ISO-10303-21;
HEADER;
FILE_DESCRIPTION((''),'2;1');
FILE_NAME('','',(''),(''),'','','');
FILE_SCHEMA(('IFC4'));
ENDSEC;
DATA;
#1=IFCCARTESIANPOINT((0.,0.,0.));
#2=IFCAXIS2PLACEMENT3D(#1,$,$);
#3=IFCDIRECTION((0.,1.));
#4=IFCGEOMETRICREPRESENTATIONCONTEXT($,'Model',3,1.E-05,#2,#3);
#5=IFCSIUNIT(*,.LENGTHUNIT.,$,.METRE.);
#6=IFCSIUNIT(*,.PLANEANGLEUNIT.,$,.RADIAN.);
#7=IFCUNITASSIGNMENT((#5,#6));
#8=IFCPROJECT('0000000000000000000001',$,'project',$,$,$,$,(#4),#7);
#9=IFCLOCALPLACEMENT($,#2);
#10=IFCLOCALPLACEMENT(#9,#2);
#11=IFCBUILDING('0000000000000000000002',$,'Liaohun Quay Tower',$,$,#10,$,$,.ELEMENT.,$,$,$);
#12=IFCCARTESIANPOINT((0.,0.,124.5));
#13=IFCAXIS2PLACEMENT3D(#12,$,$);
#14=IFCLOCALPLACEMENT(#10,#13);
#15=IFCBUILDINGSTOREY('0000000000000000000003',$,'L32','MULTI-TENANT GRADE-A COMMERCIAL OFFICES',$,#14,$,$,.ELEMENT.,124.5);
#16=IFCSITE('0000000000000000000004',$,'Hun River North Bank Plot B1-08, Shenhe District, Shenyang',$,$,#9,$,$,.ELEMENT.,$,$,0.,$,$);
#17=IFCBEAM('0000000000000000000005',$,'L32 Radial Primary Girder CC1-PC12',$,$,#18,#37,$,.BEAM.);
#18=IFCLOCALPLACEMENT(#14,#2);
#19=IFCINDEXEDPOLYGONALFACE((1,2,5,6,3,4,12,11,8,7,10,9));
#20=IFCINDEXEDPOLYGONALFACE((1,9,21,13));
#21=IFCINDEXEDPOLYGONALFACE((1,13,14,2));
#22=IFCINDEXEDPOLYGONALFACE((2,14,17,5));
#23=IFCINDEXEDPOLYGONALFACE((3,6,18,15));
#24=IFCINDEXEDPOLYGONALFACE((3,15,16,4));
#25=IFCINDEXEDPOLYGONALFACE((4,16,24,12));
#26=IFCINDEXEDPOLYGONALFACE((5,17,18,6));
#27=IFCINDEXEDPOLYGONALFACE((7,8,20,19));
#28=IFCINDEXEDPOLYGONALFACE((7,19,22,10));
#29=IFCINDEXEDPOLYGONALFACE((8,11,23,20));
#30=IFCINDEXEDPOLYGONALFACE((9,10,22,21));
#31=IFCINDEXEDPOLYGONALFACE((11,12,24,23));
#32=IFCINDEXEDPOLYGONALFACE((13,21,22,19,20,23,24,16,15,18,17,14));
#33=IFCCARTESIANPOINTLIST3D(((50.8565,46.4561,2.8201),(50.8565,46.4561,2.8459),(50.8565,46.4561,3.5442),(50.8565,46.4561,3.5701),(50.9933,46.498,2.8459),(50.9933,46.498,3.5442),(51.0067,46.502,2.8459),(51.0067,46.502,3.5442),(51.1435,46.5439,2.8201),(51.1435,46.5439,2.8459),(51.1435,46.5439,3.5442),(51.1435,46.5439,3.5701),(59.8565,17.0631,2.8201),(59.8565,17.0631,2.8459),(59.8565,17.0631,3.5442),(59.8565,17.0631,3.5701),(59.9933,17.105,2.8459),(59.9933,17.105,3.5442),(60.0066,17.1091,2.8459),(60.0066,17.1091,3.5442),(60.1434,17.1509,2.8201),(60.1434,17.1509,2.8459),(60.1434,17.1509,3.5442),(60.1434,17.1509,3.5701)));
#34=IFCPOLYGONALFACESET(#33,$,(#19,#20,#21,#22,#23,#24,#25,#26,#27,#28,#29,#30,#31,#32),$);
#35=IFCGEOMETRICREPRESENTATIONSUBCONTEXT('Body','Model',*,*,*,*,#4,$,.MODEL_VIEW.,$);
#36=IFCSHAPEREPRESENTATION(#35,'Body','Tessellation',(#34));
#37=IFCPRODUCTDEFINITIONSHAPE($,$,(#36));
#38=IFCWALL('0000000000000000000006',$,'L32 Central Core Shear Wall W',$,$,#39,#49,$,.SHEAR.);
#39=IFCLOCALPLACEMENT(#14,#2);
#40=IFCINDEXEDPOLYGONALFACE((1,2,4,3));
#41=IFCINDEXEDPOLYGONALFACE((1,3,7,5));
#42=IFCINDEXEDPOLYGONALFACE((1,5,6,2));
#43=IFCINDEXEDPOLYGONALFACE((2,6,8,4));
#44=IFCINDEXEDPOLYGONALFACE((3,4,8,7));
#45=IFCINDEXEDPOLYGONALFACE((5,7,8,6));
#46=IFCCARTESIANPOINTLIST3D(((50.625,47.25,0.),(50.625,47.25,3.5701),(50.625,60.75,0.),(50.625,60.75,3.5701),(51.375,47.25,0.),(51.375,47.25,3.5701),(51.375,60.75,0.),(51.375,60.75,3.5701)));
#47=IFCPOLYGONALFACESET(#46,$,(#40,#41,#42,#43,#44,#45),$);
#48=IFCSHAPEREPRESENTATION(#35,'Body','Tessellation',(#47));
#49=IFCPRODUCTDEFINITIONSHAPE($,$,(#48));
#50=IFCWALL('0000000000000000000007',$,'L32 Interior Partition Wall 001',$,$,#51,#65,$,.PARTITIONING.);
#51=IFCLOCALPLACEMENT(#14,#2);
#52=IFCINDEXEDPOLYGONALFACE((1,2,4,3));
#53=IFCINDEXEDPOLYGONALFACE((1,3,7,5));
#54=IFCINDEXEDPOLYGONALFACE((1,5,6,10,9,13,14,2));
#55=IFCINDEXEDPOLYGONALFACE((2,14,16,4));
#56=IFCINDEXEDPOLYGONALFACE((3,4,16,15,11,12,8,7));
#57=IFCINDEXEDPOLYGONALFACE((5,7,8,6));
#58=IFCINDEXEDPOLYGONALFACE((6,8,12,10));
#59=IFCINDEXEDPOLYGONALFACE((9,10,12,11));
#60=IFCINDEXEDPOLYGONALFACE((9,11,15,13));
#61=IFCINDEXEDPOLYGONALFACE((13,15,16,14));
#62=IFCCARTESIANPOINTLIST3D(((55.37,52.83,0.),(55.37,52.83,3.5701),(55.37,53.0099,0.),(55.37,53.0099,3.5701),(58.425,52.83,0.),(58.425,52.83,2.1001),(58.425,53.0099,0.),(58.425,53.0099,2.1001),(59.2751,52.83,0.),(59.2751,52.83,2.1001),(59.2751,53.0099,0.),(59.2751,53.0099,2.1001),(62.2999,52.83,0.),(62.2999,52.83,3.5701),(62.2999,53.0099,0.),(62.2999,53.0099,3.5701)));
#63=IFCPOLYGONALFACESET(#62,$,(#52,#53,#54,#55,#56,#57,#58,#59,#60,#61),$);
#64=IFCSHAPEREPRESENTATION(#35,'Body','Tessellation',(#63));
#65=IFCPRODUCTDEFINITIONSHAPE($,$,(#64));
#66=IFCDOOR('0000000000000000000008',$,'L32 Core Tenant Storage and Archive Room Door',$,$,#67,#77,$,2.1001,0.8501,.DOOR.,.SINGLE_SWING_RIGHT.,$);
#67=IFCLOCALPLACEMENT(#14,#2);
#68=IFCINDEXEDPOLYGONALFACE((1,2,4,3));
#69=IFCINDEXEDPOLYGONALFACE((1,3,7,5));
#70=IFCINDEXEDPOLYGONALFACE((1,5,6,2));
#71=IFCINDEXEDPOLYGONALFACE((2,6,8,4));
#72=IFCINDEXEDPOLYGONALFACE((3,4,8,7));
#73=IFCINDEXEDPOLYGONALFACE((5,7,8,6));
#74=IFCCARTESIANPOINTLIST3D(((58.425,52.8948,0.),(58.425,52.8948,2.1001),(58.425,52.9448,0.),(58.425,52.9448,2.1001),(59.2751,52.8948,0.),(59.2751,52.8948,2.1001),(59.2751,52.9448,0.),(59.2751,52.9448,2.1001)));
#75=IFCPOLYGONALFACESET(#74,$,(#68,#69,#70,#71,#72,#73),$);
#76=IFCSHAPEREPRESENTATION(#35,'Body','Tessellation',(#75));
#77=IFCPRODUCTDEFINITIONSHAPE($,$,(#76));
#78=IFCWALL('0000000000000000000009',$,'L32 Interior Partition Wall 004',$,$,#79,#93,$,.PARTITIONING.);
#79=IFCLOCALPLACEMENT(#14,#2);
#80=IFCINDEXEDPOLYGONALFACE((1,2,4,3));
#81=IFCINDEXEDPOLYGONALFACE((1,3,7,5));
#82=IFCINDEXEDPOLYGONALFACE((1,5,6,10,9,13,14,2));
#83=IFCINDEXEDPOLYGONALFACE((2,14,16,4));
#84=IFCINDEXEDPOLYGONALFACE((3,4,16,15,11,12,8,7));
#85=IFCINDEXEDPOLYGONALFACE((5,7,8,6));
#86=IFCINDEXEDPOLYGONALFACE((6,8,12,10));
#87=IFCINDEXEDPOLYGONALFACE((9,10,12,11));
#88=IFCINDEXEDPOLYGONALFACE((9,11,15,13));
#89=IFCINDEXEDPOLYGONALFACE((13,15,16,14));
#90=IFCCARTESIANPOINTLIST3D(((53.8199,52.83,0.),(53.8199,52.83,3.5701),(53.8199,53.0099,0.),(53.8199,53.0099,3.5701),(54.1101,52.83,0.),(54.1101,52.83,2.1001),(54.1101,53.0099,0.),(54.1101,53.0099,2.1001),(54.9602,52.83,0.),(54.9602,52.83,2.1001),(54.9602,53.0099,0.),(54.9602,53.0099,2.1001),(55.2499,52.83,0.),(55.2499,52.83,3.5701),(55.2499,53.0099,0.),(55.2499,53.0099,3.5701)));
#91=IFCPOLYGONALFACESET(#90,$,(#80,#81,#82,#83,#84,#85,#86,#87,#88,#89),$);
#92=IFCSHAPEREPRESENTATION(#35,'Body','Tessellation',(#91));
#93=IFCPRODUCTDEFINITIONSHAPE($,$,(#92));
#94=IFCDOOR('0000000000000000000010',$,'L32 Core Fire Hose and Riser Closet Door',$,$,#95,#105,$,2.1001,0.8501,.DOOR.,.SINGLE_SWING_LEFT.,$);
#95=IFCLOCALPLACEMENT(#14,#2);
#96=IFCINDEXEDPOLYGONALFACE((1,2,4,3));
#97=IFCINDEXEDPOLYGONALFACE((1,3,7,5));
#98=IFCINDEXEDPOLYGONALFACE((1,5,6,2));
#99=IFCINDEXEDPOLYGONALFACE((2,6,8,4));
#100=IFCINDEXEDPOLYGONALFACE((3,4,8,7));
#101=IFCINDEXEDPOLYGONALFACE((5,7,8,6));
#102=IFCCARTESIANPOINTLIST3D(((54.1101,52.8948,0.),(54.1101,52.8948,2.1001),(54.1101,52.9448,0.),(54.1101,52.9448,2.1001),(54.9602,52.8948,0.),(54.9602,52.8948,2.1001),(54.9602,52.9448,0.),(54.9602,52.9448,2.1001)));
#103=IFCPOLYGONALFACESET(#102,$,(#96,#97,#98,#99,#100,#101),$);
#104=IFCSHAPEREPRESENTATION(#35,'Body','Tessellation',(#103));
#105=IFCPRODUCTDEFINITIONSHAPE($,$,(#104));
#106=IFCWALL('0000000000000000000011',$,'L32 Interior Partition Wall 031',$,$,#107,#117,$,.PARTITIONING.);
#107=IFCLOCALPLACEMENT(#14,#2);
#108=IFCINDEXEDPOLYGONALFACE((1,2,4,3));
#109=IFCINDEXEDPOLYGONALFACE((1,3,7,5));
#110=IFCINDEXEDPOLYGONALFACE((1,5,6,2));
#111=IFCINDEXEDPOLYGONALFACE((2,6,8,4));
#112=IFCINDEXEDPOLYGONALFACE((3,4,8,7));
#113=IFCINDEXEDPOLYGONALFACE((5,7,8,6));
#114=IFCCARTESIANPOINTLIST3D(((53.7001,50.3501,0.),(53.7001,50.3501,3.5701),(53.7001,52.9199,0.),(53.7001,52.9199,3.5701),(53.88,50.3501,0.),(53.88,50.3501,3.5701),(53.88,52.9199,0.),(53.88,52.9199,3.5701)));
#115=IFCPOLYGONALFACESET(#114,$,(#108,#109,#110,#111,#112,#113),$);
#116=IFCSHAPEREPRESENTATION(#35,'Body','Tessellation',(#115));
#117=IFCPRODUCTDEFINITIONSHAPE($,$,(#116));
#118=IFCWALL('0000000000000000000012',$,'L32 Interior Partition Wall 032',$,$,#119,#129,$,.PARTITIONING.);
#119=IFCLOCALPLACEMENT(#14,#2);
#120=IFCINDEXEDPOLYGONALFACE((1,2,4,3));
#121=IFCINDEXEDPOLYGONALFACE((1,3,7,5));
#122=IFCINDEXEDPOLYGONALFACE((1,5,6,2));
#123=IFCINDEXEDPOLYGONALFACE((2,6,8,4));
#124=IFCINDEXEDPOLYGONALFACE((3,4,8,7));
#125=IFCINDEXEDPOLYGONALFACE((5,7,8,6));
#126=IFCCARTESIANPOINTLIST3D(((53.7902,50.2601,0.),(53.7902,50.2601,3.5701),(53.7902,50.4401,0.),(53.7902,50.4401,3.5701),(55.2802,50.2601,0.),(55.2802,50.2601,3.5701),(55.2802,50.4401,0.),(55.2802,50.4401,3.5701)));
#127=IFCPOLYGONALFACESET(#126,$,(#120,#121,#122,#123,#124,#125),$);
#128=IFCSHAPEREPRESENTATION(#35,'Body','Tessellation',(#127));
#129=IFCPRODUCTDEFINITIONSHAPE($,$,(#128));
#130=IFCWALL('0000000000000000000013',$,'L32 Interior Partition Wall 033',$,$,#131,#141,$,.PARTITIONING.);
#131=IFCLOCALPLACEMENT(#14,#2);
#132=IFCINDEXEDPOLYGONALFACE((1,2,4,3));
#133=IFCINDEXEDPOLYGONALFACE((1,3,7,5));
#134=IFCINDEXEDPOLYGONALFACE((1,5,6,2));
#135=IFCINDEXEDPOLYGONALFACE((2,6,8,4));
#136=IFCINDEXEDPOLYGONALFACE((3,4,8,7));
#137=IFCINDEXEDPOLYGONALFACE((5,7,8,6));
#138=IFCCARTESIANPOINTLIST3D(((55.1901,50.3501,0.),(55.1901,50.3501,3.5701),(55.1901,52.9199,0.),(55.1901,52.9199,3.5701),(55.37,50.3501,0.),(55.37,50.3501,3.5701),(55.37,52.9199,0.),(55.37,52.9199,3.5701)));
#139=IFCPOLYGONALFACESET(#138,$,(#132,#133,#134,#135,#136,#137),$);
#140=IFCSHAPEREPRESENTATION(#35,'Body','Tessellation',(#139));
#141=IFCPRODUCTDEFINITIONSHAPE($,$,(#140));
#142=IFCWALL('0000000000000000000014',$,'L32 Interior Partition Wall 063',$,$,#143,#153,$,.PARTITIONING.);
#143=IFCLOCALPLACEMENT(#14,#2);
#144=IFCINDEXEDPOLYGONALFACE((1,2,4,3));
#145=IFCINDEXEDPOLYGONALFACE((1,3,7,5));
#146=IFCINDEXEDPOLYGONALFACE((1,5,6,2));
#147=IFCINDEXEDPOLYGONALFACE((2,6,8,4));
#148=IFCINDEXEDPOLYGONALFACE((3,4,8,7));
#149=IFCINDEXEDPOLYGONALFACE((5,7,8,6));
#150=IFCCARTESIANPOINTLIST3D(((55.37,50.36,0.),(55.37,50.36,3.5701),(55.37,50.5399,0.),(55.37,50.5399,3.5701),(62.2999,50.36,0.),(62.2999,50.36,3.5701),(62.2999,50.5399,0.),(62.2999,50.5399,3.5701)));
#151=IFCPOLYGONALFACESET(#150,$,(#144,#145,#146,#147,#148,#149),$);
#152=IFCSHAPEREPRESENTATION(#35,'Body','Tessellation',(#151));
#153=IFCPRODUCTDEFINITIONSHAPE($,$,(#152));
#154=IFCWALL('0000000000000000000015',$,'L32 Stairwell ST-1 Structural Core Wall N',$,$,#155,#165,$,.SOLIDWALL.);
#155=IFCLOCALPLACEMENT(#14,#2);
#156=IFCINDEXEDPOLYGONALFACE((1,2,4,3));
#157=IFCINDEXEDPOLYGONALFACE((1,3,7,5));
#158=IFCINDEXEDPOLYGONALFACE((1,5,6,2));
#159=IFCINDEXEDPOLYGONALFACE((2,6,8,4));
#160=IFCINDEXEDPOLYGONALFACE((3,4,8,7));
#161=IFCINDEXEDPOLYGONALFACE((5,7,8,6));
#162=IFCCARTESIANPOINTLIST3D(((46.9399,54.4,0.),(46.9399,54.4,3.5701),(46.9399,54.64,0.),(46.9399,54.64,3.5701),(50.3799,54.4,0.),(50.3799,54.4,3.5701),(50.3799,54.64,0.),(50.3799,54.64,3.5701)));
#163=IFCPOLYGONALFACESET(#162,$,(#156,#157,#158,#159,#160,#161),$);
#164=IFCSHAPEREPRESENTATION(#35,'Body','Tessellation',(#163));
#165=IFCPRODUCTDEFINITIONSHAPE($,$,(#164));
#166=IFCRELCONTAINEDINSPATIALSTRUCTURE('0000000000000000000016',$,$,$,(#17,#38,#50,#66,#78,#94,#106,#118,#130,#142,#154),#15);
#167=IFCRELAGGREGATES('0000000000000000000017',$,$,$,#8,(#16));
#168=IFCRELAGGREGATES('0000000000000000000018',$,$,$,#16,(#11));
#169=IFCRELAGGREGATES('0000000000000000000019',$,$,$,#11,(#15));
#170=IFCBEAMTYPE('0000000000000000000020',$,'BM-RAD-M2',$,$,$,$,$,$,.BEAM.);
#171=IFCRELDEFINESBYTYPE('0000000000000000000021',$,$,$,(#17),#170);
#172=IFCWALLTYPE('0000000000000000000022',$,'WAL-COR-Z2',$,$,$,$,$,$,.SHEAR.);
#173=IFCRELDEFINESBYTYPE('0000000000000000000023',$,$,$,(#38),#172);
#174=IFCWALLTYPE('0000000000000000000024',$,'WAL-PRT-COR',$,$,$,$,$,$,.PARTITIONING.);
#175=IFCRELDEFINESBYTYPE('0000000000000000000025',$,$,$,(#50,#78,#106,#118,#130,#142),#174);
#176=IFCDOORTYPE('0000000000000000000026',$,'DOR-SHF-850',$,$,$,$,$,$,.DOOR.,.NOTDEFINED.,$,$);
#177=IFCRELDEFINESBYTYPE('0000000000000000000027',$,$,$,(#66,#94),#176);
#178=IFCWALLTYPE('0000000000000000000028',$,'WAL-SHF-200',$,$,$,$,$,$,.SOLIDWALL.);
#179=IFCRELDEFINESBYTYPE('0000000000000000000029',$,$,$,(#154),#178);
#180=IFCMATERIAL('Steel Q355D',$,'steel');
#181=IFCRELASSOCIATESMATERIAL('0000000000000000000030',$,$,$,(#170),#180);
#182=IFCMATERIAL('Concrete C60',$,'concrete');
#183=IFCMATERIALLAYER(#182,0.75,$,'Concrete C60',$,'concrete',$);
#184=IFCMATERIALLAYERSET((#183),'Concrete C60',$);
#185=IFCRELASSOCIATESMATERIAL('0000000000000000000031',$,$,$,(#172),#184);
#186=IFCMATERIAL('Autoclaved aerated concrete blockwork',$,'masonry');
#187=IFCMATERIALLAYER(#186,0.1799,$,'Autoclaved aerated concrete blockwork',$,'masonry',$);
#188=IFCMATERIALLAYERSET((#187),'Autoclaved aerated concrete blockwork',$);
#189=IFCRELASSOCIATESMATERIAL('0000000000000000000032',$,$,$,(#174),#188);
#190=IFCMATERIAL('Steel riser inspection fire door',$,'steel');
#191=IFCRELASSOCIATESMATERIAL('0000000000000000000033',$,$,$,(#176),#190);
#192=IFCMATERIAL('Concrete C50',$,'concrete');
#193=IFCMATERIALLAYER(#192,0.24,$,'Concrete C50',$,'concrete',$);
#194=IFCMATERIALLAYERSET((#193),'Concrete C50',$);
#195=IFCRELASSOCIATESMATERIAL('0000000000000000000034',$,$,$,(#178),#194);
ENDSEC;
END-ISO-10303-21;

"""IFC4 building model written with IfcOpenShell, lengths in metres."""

from ifc_helpers import new_model, si_unit, direction, frame, frame_2d, origin, origin_2d, place, context, subcontext, project, spatial, rectangle, i_section, extrude, source, transform, mapped, material, layer, layer_set, material_profile, profile_set, type_object, element, fill, save


model = new_model("IFC4")

# Units and contexts
model_context = context("Model", 3, precision=1e-05, world=origin(), true_north=direction((0.0, 1.0)))
body_context = subcontext(model_context, "Body", "Model", "MODEL_VIEW")
ifc_project = project(units=[si_unit("LENGTHUNIT", "METRE"), si_unit("PLANEANGLEUNIT", "RADIAN")], contexts=[model_context])

# Site, building, storey
site_placement = place(None, origin())
site = spatial("IfcSite", under=ifc_project, at=site_placement, Name="Hun River North Bank Plot B1-08, Shenhe District, Shenyang", CompositionType="ELEMENT", RefElevation=0.0)
building_placement = place(site_placement, origin())
building = spatial("IfcBuilding", under=site, at=building_placement, Name="Liaohun Quay Tower", CompositionType="ELEMENT")
storey_placement = place(building_placement, frame((0.0, 0.0, 124.5)))
storey = spatial("IfcBuildingStorey", under=building, at=storey_placement, Name="L32", Description="MULTI-TENANT GRADE-A COMMERCIAL OFFICES", CompositionType="ELEMENT", Elevation=124.5)

# Beam
ifc_material_1 = material(Name="Steel Q355D", Category="steel")
ifc_material_profile = material_profile(ifc_material_1, i_section(OverallWidth=0.3, OverallDepth=0.75, WebThickness=0.0139, FlangeThickness=0.0259, at=origin_2d()), Name="HN750x300x14x26")
ifc_profile_set = profile_set([ifc_material_profile], Name="Steel Q355D")
beam_type = type_object("IfcBeamType", Name="BM-RAD-M2", PredefinedType="BEAM", material=ifc_profile_set)
shared_shape_1 = source(origin(), body_context, "Body", "SweptSolid", [
    extrude(i_section(OverallWidth=0.3, OverallDepth=0.75, WebThickness=0.0139, FlangeThickness=0.0259, at=origin_2d()), origin(), (0.0, 0.0, 1.0), 30.74),
])
beam_placement = place(storey_placement, frame((51.0, 46.5, 3.1951), z_axis=(0.292777, -0.956181, 0.0), x_axis=(0.956181, 0.292777, 0.0)))
element("IfcBeam", 1, at=beam_placement, inside=storey, type_object=beam_type, Name="L32 Radial Primary Girder CC1-PC12", PredefinedType="BEAM", context=body_context, shape_type="MappedRepresentation", body=[
    mapped(shared_shape_1, transform((0.0, 0.0, 0.0), x_axis=(1.0, 0.0, 0.0), y_axis=(0.0, 1.0, 0.0), z_axis=(0.0, 0.0, 1.0), scale=1.0)),
])

# Wall
ifc_material_2 = material(Name="Concrete C60", Category="concrete")
ifc_layer_1 = layer(ifc_material_2, 0.75, Name="Concrete C60", Category="concrete")
ifc_layer_set_1 = layer_set([ifc_layer_1], Name="Concrete C60")
wall_type_1 = type_object("IfcWallType", Name="WAL-COR-Z2", PredefinedType="SHEAR", material=ifc_layer_set_1)
wall_1_placement = place(storey_placement, frame((51.0, 47.25, 0.0), z_axis=(0.0, 0.0, 1.0), x_axis=(0.0, 1.0, 0.0)))
element("IfcWall", 2, at=wall_1_placement, inside=storey, type_object=wall_type_1, Name="L32 Central Core Shear Wall W", PredefinedType="SHEAR", context=body_context, shape_type="SweptSolid", body=[
    extrude(rectangle(XDim=13.5, YDim=0.75, at=frame_2d((6.75, 0.0))), origin(), (0.0, 0.0, 1.0), 3.5701),
])

# Walls, openings, doors
ifc_material_3 = material(Name="Autoclaved aerated concrete blockwork", Category="masonry")
ifc_layer_2 = layer(ifc_material_3, 0.1799, Name="Autoclaved aerated concrete blockwork", Category="masonry")
ifc_layer_set_2 = layer_set([ifc_layer_2], Name="Autoclaved aerated concrete blockwork")
wall_type_2 = type_object("IfcWallType", Name="WAL-PRT-COR", PredefinedType="PARTITIONING", material=ifc_layer_set_2)
wall_2_placement = place(storey_placement, frame((55.3701, 52.9199, 0.0), z_axis=(0.0, 0.0, 1.0), x_axis=(1.0, 0.0, 0.0)))
wall_2 = element("IfcWall", 3, at=wall_2_placement, inside=storey, type_object=wall_type_2, Name="L32 Interior Partition Wall 001", PredefinedType="PARTITIONING", context=body_context, shape_type="SweptSolid", body=[
    extrude(rectangle(XDim=6.9299, YDim=0.1799, at=frame_2d((3.4648, 0.0))), origin(), (0.0, 0.0, 1.0), 3.5701),
])
shared_shape_2 = source(origin(), body_context, "Body", "SweptSolid", [
    extrude(rectangle(XDim=0.8501, YDim=2.1001, at=frame_2d((0.425, 1.05))), frame((0.0, 0.0999, 0.0), z_axis=(0.0, -1.0, 0.0), x_axis=(1.0, 0.0, 0.0)), (0.0, 0.0, 1.0), 0.2),
])
opening_1_placement = place(wall_2_placement, frame((3.0549, 0.0, 0.0)))
opening_1 = element("IfcOpeningElement", 4, at=opening_1_placement, cuts=wall_2, PredefinedType="OPENING", context=body_context, shape_type="MappedRepresentation", body=[
    mapped(shared_shape_2, transform((0.0, 0.0, 0.0), x_axis=(1.0, 0.0, 0.0), y_axis=(0.0, 1.0, 0.0), z_axis=(0.0, 0.0, 1.0), scale=1.0)),
])
ifc_material_4 = material(Name="Steel riser inspection fire door", Category="steel")
door_type_1 = type_object("IfcDoorType", Name="DOR-SHF-850", OperationType="NOTDEFINED", PredefinedType="DOOR", material=ifc_material_4)
shared_shape_3 = source(origin(), body_context, "Body", "SweptSolid", [
    extrude(rectangle(XDim=0.8501, YDim=2.1001, at=frame_2d((0.425, 1.05))), frame((0.0, 0.0249, 0.0), z_axis=(0.0, -1.0, 0.0), x_axis=(1.0, 0.0, 0.0)), (0.0, 0.0, 1.0), 0.05),
])
door_1_placement = place(opening_1_placement, origin())
door_1 = element("IfcDoor", 5, at=door_1_placement, inside=storey, type_object=door_type_1, Name="L32 Core Tenant Storage and Archive Room Door", OperationType="SINGLE_SWING_RIGHT", OverallHeight=2.1001, OverallWidth=0.8501, PredefinedType="DOOR", context=body_context, shape_type="MappedRepresentation", body=[
    mapped(shared_shape_3, transform((0.0, 0.0, 0.0), x_axis=(1.0, 0.0, 0.0), y_axis=(0.0, 1.0, 0.0), z_axis=(0.0, 0.0, 1.0), scale=1.0)),
])
fill(opening_1, door_1)
wall_3_placement = place(storey_placement, frame((53.8201, 52.9199, 0.0), z_axis=(0.0, 0.0, 1.0), x_axis=(1.0, 0.0, 0.0)))
wall_3 = element("IfcWall", 6, at=wall_3_placement, inside=storey, type_object=wall_type_2, Name="L32 Interior Partition Wall 004", PredefinedType="PARTITIONING", context=body_context, shape_type="SweptSolid", body=[
    extrude(rectangle(XDim=1.4299, YDim=0.1799, at=frame_2d((0.7148, 0.0))), origin(), (0.0, 0.0, 1.0), 3.5701),
])
opening_2_placement = place(wall_3_placement, frame((0.29, 0.0, 0.0)))
opening_2 = element("IfcOpeningElement", 7, at=opening_2_placement, cuts=wall_3, PredefinedType="OPENING", context=body_context, shape_type="MappedRepresentation", body=[
    mapped(shared_shape_2, transform((0.0, 0.0, 0.0), x_axis=(1.0, 0.0, 0.0), y_axis=(0.0, 1.0, 0.0), z_axis=(0.0, 0.0, 1.0), scale=1.0)),
])
door_2_placement = place(opening_2_placement, origin())
door_2 = element("IfcDoor", 8, at=door_2_placement, inside=storey, type_object=door_type_1, Name="L32 Core Fire Hose and Riser Closet Door", OperationType="SINGLE_SWING_LEFT", OverallHeight=2.1001, OverallWidth=0.8501, PredefinedType="DOOR", context=body_context, shape_type="MappedRepresentation", body=[
    mapped(shared_shape_3, transform((0.0, 0.0, 0.0), x_axis=(1.0, 0.0, 0.0), y_axis=(0.0, 1.0, 0.0), z_axis=(0.0, 0.0, 1.0), scale=1.0)),
])
fill(opening_2, door_2)

# Walls
wall_4_placement = place(storey_placement, frame((53.79, 50.3501, 0.0), z_axis=(0.0, 0.0, 1.0), x_axis=(0.0, 1.0, 0.0)))
element("IfcWall", 9, at=wall_4_placement, inside=storey, type_object=wall_type_2, Name="L32 Interior Partition Wall 031", PredefinedType="PARTITIONING", context=body_context, shape_type="SweptSolid", body=[
    extrude(rectangle(XDim=2.5698, YDim=0.1799, at=frame_2d((1.2849, 0.0))), origin(), (0.0, 0.0, 1.0), 3.5701),
])
wall_5_placement = place(storey_placement, frame((53.79, 50.3501, 0.0), z_axis=(0.0, 0.0, 1.0), x_axis=(1.0, 0.0, 0.0)))
element("IfcWall", 10, at=wall_5_placement, inside=storey, type_object=wall_type_2, Name="L32 Interior Partition Wall 032", PredefinedType="PARTITIONING", context=body_context, shape_type="SweptSolid", body=[
    extrude(rectangle(XDim=1.49, YDim=0.1799, at=frame_2d((0.7451, 0.0))), origin(), (0.0, 0.0, 1.0), 3.5701),
])
wall_6_placement = place(storey_placement, frame((55.28, 50.3501, 0.0), z_axis=(0.0, 0.0, 1.0), x_axis=(0.0, 1.0, 0.0)))
element("IfcWall", 11, at=wall_6_placement, inside=storey, type_object=wall_type_2, Name="L32 Interior Partition Wall 033", PredefinedType="PARTITIONING", context=body_context, shape_type="SweptSolid", body=[
    extrude(rectangle(XDim=2.5698, YDim=0.1799, at=frame_2d((1.2849, 0.0))), origin(), (0.0, 0.0, 1.0), 3.5701),
])
wall_7_placement = place(storey_placement, frame((55.3701, 50.45, 0.0), z_axis=(0.0, 0.0, 1.0), x_axis=(1.0, 0.0, 0.0)))
element("IfcWall", 12, at=wall_7_placement, inside=storey, type_object=wall_type_2, Name="L32 Interior Partition Wall 063", PredefinedType="PARTITIONING", context=body_context, shape_type="SweptSolid", body=[
    extrude(rectangle(XDim=6.9299, YDim=0.1799, at=frame_2d((3.4648, 0.0))), origin(), (0.0, 0.0, 1.0), 3.5701),
])
ifc_material_5 = material(Name="Concrete C50", Category="concrete")
ifc_layer_3 = layer(ifc_material_5, 0.24, Name="Concrete C50", Category="concrete")
ifc_layer_set_3 = layer_set([ifc_layer_3], Name="Concrete C50")
wall_type_3 = type_object("IfcWallType", Name="WAL-SHF-200", PredefinedType="SOLIDWALL", material=ifc_layer_set_3)
wall_8_placement = place(storey_placement, frame((50.3799, 54.52, 0.0), z_axis=(0.0, 0.0, 1.0), x_axis=(-1.0, 0.0, 0.0)))
element("IfcWall", 13, at=wall_8_placement, inside=storey, type_object=wall_type_3, Name="L32 Stairwell ST-1 Structural Core Wall N", PredefinedType="SOLIDWALL", context=body_context, shape_type="SweptSolid", body=[
    extrude(rectangle(XDim=3.4399, YDim=0.24, at=frame_2d((1.72, 0.0))), origin(), (0.0, 0.0, 1.0), 3.5701),
])

save(model, "model.ifc")
